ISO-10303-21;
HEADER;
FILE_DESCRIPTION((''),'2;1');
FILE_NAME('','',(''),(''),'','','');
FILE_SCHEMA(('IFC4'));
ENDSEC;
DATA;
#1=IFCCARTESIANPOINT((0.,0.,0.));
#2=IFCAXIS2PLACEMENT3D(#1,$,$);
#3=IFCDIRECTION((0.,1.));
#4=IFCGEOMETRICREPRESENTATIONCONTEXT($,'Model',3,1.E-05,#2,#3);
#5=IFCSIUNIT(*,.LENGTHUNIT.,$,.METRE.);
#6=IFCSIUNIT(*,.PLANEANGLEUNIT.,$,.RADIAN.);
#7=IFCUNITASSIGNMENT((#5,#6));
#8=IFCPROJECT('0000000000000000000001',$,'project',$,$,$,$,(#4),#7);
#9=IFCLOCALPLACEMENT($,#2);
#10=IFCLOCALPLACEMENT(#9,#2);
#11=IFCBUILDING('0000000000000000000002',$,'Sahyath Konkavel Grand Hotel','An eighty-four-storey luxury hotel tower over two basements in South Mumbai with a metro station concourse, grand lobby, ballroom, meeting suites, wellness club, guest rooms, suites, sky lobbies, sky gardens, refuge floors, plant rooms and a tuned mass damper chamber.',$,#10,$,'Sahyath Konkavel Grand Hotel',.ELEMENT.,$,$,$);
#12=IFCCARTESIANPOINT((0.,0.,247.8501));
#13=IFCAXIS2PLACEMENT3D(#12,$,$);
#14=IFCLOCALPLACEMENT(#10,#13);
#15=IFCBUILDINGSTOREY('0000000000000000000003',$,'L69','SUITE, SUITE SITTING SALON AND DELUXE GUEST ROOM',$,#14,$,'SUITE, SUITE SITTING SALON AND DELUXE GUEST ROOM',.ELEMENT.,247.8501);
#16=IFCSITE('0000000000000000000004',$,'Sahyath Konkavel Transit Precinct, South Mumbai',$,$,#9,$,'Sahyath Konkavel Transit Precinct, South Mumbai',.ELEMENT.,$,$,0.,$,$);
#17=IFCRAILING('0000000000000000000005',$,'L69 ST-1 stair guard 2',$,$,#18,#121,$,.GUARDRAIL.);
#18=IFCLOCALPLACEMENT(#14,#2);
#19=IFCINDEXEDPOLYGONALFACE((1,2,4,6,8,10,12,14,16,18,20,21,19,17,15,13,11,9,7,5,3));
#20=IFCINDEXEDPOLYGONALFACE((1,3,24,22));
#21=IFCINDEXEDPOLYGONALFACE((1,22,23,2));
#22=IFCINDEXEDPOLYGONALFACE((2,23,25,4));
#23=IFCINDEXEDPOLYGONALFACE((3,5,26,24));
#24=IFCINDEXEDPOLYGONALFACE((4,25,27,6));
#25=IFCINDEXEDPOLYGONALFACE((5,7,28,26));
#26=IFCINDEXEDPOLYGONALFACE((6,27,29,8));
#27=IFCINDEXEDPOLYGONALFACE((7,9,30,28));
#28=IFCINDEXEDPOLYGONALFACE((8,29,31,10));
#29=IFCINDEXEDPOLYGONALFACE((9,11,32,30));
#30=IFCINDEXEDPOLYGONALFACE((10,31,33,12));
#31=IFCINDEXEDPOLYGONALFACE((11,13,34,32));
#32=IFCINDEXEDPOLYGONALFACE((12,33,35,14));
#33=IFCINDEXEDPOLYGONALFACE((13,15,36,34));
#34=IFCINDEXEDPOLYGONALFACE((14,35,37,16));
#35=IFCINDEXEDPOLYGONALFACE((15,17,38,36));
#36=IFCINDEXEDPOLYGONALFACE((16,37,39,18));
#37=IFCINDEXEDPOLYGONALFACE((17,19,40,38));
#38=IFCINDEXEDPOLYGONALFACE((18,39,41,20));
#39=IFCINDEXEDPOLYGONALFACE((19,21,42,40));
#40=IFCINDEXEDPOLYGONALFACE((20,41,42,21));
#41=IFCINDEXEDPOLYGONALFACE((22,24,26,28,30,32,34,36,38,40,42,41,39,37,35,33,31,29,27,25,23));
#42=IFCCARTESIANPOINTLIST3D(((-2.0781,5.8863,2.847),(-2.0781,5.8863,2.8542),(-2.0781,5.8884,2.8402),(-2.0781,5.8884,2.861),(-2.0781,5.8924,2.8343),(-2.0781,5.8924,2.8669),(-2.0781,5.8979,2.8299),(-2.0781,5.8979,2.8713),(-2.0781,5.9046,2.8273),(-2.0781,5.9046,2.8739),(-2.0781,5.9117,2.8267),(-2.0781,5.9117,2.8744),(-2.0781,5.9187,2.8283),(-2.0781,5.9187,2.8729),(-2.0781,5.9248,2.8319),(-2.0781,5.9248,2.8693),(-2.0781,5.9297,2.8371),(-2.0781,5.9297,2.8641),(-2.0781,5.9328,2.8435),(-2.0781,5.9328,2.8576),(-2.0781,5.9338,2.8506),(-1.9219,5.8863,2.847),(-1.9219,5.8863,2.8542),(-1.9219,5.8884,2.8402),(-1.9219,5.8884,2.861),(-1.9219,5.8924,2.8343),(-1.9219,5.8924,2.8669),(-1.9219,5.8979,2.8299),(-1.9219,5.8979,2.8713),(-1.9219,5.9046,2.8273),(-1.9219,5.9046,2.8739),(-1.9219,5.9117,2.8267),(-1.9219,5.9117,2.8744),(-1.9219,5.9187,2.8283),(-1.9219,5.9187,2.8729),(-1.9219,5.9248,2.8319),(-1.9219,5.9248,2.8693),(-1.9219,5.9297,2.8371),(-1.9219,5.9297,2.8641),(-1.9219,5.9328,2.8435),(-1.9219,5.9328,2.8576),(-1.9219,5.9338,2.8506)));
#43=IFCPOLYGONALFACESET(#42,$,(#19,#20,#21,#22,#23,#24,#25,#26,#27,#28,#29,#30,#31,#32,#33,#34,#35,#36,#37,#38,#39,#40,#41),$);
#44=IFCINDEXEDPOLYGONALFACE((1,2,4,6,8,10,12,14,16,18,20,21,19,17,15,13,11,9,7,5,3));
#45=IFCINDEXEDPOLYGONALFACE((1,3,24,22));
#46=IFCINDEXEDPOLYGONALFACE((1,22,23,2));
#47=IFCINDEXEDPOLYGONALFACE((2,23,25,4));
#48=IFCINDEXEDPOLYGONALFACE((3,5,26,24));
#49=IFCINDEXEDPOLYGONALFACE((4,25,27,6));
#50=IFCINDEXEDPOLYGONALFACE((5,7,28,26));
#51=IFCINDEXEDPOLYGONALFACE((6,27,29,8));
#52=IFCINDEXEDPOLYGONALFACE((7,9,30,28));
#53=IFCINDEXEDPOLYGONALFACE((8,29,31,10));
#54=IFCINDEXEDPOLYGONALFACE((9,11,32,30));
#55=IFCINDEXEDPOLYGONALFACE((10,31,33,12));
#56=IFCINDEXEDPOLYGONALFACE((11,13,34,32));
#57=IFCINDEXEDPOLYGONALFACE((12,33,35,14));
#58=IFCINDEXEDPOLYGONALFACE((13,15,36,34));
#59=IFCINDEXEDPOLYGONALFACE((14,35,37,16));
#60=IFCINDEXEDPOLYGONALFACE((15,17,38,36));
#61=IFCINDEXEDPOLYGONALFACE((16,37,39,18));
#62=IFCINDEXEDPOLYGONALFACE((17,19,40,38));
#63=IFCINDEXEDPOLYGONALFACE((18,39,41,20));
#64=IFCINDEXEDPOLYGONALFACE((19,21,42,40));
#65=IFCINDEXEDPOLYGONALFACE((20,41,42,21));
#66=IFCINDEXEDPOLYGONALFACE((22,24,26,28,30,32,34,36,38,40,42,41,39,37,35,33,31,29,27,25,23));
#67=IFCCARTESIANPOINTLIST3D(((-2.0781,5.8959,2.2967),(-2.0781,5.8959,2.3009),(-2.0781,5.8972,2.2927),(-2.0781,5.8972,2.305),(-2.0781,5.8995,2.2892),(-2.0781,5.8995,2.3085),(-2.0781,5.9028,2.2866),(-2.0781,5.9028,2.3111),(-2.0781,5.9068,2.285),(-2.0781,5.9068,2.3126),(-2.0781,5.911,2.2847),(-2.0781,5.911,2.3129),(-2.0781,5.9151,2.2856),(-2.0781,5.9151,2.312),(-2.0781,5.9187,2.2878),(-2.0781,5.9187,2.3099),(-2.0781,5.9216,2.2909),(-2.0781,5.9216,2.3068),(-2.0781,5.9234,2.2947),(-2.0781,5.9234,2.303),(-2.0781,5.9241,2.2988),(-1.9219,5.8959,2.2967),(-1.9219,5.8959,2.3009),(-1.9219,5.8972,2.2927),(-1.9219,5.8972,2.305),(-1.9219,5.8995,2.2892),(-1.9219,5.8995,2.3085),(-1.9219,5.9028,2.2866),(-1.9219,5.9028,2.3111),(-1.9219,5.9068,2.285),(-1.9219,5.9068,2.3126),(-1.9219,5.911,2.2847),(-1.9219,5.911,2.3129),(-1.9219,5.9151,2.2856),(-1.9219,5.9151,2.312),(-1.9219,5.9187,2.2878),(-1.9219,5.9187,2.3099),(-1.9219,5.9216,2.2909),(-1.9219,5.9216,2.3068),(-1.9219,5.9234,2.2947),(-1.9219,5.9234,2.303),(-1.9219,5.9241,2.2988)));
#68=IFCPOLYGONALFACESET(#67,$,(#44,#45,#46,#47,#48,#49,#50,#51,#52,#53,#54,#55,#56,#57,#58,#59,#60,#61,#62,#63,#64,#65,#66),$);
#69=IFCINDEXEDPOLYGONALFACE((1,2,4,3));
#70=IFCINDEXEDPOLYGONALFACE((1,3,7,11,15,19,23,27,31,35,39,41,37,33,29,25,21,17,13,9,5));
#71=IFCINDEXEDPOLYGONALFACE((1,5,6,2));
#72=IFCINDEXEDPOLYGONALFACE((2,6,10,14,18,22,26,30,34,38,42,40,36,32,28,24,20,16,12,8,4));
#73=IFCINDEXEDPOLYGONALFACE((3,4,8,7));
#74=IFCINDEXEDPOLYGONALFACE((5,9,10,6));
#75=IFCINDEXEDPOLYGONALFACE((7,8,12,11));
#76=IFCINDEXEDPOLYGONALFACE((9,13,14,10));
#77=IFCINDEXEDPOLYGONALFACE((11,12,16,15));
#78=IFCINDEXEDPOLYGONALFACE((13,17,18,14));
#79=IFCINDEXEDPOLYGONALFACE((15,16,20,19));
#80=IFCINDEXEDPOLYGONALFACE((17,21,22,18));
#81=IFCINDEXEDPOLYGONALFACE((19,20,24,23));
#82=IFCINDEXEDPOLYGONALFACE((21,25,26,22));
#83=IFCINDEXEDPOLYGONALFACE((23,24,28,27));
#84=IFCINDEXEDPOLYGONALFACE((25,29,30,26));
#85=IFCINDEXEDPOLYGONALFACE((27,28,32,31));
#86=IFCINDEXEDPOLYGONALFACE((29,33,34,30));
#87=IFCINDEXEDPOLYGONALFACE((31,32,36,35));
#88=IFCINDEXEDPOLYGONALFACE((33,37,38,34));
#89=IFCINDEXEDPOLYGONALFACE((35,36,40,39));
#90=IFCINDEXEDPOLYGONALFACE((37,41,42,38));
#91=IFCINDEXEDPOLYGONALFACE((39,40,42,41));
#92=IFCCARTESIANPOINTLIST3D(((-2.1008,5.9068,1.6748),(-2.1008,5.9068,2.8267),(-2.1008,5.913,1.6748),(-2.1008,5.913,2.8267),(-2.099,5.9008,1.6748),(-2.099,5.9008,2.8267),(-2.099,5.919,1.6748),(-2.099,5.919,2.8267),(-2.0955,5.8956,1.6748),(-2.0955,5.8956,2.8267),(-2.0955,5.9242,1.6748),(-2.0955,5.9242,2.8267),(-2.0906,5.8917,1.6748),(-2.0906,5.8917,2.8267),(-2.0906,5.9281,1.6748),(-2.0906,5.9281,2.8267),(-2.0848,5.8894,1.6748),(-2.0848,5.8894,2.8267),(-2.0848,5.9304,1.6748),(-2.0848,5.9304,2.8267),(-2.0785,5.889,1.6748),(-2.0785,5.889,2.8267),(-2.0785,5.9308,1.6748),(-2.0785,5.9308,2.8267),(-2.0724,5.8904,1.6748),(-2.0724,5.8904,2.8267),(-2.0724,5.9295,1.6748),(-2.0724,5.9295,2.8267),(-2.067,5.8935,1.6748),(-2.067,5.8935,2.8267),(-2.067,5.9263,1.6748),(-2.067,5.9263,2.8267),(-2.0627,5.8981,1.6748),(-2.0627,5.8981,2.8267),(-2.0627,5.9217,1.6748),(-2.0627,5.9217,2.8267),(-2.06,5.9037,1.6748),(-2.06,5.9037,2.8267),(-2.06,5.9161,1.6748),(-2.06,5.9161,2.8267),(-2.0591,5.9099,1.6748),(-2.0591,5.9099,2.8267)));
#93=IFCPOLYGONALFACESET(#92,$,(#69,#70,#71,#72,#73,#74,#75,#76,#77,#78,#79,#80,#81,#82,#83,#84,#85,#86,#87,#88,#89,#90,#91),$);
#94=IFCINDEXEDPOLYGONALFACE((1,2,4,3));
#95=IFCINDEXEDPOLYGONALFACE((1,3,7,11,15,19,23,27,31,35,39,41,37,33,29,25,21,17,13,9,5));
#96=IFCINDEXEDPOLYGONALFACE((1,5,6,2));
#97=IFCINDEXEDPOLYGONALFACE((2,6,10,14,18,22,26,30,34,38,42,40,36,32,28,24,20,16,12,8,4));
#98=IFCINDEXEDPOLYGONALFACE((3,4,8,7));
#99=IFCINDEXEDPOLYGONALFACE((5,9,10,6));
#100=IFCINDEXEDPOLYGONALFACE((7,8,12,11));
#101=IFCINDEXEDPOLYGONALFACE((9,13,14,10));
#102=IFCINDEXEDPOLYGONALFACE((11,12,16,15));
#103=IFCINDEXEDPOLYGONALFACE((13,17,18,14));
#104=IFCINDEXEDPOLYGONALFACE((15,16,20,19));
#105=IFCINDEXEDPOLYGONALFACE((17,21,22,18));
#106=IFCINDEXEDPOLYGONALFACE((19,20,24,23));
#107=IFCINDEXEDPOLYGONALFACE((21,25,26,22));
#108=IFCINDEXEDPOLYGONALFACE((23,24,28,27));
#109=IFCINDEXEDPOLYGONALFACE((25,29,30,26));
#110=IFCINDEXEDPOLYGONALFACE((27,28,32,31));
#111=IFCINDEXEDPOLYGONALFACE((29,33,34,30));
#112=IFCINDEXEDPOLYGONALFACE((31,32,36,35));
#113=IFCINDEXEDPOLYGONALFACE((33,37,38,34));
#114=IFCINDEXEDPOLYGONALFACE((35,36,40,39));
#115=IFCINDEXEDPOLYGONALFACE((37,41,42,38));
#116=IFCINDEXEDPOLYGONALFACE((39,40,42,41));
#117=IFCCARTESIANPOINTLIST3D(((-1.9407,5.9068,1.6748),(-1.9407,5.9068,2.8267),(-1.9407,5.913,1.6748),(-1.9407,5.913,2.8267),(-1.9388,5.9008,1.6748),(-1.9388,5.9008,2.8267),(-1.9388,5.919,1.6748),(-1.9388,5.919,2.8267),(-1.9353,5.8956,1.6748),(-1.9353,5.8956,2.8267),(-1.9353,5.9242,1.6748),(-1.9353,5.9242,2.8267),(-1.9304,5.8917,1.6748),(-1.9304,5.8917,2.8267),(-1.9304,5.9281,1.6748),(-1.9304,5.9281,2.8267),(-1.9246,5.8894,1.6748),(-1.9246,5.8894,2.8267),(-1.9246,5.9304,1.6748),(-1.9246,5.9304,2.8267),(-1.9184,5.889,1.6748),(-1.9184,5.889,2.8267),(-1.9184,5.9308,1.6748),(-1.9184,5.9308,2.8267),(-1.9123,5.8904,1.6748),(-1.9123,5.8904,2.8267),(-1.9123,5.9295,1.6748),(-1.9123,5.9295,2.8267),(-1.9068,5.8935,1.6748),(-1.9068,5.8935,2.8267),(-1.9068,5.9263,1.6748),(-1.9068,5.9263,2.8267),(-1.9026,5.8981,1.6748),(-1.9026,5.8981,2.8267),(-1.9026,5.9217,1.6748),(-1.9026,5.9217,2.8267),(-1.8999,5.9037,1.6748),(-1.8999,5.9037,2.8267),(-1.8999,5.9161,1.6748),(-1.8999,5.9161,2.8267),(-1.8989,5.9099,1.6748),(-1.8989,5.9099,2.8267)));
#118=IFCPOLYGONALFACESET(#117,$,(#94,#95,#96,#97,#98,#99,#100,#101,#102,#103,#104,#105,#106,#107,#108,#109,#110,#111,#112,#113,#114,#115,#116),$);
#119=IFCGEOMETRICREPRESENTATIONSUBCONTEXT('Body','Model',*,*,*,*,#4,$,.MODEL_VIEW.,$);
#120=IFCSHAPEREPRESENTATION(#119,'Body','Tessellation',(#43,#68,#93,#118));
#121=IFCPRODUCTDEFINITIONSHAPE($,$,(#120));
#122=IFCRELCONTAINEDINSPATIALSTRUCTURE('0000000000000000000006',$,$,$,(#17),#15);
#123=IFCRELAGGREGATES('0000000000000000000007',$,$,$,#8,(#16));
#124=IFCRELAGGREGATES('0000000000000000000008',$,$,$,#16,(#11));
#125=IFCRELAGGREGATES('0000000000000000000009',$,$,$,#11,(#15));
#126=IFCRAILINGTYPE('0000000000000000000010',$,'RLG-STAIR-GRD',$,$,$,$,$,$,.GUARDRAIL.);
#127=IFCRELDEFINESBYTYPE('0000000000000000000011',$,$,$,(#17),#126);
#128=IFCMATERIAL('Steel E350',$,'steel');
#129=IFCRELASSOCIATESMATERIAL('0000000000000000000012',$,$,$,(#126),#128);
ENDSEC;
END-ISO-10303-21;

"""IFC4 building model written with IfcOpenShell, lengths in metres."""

from ifc_helpers import new_model, si_unit, direction, frame, origin, origin_2d, place, context, subcontext, project, spatial, circle, extrude, material, type_object, element, save


model = new_model("IFC4")

# Units and contexts
model_context = context("Model", 3, precision=1e-05, world=origin(), true_north=direction((0.0, 1.0)))
body_context = subcontext(model_context, "Body", "Model", "MODEL_VIEW")
ifc_project = project(units=[si_unit("LENGTHUNIT", "METRE"), si_unit("PLANEANGLEUNIT", "RADIAN")], contexts=[model_context])

# Site, building, storey
site_placement = place(None, origin())
site = spatial("IfcSite", under=ifc_project, at=site_placement, Name="Sahyath Konkavel Transit Precinct, South Mumbai", LongName="Sahyath Konkavel Transit Precinct, South Mumbai", CompositionType="ELEMENT", RefElevation=0.0)
building_placement = place(site_placement, origin())
building = spatial("IfcBuilding", under=site, at=building_placement, Name="Sahyath Konkavel Grand Hotel", Description="An eighty-four-storey luxury hotel tower over two basements in South Mumbai with a metro station concourse, grand lobby, ballroom, meeting suites, wellness club, guest rooms, suites, sky lobbies, sky gardens, refuge floors, plant rooms and a tuned mass damper chamber.", LongName="Sahyath Konkavel Grand Hotel", CompositionType="ELEMENT")
storey_placement = place(building_placement, frame((0.0, 0.0, 247.8501)))
storey = spatial("IfcBuildingStorey", under=building, at=storey_placement, Name="L69", Description="SUITE, SUITE SITTING SALON AND DELUXE GUEST ROOM", LongName="SUITE, SUITE SITTING SALON AND DELUXE GUEST ROOM", CompositionType="ELEMENT", Elevation=247.8501)

# Shared definitions
ifc_material_1 = material(Name="Steel E350", Category="steel")

# Railing
railing_type_1 = type_object("IfcRailingType", Name="RLG-STAIR-GRD", PredefinedType="GUARDRAIL", material=ifc_material_1)
railing_1_placement = place(storey_placement, frame((-2.0801, 5.9099, 1.6748)))
element("IfcRailing", 1, at=railing_1_placement, inside=storey, type_object=railing_type_1, Name="L69 ST-1 stair guard 2", PredefinedType="GUARDRAIL", context=body_context, shape_type="SweptSolid", body=[
    extrude(circle(Radius=0.0239, at=origin_2d()), frame((0.002, 0.0, 1.1758), z_axis=(1.0, 0.0, 0.0), x_axis=(0.0, 1.0, 0.0)), (0.0, 0.0, 1.0), 0.1562),
    extrude(circle(Radius=0.0142, at=origin_2d()), frame((0.002, 0.0, 0.624), z_axis=(1.0, 0.0, 0.0), x_axis=(0.0, 1.0, 0.0)), (0.0, 0.0, 1.0), 0.1562),
    extrude(circle(Radius=0.021, at=origin_2d()), origin(), (0.0, 0.0, 1.0), 1.1519),
    extrude(circle(Radius=0.021, at=origin_2d()), frame((0.1602, 0.0, 0.0)), (0.0, 0.0, 1.0), 1.1519),
])

save(model, "model.ifc")
